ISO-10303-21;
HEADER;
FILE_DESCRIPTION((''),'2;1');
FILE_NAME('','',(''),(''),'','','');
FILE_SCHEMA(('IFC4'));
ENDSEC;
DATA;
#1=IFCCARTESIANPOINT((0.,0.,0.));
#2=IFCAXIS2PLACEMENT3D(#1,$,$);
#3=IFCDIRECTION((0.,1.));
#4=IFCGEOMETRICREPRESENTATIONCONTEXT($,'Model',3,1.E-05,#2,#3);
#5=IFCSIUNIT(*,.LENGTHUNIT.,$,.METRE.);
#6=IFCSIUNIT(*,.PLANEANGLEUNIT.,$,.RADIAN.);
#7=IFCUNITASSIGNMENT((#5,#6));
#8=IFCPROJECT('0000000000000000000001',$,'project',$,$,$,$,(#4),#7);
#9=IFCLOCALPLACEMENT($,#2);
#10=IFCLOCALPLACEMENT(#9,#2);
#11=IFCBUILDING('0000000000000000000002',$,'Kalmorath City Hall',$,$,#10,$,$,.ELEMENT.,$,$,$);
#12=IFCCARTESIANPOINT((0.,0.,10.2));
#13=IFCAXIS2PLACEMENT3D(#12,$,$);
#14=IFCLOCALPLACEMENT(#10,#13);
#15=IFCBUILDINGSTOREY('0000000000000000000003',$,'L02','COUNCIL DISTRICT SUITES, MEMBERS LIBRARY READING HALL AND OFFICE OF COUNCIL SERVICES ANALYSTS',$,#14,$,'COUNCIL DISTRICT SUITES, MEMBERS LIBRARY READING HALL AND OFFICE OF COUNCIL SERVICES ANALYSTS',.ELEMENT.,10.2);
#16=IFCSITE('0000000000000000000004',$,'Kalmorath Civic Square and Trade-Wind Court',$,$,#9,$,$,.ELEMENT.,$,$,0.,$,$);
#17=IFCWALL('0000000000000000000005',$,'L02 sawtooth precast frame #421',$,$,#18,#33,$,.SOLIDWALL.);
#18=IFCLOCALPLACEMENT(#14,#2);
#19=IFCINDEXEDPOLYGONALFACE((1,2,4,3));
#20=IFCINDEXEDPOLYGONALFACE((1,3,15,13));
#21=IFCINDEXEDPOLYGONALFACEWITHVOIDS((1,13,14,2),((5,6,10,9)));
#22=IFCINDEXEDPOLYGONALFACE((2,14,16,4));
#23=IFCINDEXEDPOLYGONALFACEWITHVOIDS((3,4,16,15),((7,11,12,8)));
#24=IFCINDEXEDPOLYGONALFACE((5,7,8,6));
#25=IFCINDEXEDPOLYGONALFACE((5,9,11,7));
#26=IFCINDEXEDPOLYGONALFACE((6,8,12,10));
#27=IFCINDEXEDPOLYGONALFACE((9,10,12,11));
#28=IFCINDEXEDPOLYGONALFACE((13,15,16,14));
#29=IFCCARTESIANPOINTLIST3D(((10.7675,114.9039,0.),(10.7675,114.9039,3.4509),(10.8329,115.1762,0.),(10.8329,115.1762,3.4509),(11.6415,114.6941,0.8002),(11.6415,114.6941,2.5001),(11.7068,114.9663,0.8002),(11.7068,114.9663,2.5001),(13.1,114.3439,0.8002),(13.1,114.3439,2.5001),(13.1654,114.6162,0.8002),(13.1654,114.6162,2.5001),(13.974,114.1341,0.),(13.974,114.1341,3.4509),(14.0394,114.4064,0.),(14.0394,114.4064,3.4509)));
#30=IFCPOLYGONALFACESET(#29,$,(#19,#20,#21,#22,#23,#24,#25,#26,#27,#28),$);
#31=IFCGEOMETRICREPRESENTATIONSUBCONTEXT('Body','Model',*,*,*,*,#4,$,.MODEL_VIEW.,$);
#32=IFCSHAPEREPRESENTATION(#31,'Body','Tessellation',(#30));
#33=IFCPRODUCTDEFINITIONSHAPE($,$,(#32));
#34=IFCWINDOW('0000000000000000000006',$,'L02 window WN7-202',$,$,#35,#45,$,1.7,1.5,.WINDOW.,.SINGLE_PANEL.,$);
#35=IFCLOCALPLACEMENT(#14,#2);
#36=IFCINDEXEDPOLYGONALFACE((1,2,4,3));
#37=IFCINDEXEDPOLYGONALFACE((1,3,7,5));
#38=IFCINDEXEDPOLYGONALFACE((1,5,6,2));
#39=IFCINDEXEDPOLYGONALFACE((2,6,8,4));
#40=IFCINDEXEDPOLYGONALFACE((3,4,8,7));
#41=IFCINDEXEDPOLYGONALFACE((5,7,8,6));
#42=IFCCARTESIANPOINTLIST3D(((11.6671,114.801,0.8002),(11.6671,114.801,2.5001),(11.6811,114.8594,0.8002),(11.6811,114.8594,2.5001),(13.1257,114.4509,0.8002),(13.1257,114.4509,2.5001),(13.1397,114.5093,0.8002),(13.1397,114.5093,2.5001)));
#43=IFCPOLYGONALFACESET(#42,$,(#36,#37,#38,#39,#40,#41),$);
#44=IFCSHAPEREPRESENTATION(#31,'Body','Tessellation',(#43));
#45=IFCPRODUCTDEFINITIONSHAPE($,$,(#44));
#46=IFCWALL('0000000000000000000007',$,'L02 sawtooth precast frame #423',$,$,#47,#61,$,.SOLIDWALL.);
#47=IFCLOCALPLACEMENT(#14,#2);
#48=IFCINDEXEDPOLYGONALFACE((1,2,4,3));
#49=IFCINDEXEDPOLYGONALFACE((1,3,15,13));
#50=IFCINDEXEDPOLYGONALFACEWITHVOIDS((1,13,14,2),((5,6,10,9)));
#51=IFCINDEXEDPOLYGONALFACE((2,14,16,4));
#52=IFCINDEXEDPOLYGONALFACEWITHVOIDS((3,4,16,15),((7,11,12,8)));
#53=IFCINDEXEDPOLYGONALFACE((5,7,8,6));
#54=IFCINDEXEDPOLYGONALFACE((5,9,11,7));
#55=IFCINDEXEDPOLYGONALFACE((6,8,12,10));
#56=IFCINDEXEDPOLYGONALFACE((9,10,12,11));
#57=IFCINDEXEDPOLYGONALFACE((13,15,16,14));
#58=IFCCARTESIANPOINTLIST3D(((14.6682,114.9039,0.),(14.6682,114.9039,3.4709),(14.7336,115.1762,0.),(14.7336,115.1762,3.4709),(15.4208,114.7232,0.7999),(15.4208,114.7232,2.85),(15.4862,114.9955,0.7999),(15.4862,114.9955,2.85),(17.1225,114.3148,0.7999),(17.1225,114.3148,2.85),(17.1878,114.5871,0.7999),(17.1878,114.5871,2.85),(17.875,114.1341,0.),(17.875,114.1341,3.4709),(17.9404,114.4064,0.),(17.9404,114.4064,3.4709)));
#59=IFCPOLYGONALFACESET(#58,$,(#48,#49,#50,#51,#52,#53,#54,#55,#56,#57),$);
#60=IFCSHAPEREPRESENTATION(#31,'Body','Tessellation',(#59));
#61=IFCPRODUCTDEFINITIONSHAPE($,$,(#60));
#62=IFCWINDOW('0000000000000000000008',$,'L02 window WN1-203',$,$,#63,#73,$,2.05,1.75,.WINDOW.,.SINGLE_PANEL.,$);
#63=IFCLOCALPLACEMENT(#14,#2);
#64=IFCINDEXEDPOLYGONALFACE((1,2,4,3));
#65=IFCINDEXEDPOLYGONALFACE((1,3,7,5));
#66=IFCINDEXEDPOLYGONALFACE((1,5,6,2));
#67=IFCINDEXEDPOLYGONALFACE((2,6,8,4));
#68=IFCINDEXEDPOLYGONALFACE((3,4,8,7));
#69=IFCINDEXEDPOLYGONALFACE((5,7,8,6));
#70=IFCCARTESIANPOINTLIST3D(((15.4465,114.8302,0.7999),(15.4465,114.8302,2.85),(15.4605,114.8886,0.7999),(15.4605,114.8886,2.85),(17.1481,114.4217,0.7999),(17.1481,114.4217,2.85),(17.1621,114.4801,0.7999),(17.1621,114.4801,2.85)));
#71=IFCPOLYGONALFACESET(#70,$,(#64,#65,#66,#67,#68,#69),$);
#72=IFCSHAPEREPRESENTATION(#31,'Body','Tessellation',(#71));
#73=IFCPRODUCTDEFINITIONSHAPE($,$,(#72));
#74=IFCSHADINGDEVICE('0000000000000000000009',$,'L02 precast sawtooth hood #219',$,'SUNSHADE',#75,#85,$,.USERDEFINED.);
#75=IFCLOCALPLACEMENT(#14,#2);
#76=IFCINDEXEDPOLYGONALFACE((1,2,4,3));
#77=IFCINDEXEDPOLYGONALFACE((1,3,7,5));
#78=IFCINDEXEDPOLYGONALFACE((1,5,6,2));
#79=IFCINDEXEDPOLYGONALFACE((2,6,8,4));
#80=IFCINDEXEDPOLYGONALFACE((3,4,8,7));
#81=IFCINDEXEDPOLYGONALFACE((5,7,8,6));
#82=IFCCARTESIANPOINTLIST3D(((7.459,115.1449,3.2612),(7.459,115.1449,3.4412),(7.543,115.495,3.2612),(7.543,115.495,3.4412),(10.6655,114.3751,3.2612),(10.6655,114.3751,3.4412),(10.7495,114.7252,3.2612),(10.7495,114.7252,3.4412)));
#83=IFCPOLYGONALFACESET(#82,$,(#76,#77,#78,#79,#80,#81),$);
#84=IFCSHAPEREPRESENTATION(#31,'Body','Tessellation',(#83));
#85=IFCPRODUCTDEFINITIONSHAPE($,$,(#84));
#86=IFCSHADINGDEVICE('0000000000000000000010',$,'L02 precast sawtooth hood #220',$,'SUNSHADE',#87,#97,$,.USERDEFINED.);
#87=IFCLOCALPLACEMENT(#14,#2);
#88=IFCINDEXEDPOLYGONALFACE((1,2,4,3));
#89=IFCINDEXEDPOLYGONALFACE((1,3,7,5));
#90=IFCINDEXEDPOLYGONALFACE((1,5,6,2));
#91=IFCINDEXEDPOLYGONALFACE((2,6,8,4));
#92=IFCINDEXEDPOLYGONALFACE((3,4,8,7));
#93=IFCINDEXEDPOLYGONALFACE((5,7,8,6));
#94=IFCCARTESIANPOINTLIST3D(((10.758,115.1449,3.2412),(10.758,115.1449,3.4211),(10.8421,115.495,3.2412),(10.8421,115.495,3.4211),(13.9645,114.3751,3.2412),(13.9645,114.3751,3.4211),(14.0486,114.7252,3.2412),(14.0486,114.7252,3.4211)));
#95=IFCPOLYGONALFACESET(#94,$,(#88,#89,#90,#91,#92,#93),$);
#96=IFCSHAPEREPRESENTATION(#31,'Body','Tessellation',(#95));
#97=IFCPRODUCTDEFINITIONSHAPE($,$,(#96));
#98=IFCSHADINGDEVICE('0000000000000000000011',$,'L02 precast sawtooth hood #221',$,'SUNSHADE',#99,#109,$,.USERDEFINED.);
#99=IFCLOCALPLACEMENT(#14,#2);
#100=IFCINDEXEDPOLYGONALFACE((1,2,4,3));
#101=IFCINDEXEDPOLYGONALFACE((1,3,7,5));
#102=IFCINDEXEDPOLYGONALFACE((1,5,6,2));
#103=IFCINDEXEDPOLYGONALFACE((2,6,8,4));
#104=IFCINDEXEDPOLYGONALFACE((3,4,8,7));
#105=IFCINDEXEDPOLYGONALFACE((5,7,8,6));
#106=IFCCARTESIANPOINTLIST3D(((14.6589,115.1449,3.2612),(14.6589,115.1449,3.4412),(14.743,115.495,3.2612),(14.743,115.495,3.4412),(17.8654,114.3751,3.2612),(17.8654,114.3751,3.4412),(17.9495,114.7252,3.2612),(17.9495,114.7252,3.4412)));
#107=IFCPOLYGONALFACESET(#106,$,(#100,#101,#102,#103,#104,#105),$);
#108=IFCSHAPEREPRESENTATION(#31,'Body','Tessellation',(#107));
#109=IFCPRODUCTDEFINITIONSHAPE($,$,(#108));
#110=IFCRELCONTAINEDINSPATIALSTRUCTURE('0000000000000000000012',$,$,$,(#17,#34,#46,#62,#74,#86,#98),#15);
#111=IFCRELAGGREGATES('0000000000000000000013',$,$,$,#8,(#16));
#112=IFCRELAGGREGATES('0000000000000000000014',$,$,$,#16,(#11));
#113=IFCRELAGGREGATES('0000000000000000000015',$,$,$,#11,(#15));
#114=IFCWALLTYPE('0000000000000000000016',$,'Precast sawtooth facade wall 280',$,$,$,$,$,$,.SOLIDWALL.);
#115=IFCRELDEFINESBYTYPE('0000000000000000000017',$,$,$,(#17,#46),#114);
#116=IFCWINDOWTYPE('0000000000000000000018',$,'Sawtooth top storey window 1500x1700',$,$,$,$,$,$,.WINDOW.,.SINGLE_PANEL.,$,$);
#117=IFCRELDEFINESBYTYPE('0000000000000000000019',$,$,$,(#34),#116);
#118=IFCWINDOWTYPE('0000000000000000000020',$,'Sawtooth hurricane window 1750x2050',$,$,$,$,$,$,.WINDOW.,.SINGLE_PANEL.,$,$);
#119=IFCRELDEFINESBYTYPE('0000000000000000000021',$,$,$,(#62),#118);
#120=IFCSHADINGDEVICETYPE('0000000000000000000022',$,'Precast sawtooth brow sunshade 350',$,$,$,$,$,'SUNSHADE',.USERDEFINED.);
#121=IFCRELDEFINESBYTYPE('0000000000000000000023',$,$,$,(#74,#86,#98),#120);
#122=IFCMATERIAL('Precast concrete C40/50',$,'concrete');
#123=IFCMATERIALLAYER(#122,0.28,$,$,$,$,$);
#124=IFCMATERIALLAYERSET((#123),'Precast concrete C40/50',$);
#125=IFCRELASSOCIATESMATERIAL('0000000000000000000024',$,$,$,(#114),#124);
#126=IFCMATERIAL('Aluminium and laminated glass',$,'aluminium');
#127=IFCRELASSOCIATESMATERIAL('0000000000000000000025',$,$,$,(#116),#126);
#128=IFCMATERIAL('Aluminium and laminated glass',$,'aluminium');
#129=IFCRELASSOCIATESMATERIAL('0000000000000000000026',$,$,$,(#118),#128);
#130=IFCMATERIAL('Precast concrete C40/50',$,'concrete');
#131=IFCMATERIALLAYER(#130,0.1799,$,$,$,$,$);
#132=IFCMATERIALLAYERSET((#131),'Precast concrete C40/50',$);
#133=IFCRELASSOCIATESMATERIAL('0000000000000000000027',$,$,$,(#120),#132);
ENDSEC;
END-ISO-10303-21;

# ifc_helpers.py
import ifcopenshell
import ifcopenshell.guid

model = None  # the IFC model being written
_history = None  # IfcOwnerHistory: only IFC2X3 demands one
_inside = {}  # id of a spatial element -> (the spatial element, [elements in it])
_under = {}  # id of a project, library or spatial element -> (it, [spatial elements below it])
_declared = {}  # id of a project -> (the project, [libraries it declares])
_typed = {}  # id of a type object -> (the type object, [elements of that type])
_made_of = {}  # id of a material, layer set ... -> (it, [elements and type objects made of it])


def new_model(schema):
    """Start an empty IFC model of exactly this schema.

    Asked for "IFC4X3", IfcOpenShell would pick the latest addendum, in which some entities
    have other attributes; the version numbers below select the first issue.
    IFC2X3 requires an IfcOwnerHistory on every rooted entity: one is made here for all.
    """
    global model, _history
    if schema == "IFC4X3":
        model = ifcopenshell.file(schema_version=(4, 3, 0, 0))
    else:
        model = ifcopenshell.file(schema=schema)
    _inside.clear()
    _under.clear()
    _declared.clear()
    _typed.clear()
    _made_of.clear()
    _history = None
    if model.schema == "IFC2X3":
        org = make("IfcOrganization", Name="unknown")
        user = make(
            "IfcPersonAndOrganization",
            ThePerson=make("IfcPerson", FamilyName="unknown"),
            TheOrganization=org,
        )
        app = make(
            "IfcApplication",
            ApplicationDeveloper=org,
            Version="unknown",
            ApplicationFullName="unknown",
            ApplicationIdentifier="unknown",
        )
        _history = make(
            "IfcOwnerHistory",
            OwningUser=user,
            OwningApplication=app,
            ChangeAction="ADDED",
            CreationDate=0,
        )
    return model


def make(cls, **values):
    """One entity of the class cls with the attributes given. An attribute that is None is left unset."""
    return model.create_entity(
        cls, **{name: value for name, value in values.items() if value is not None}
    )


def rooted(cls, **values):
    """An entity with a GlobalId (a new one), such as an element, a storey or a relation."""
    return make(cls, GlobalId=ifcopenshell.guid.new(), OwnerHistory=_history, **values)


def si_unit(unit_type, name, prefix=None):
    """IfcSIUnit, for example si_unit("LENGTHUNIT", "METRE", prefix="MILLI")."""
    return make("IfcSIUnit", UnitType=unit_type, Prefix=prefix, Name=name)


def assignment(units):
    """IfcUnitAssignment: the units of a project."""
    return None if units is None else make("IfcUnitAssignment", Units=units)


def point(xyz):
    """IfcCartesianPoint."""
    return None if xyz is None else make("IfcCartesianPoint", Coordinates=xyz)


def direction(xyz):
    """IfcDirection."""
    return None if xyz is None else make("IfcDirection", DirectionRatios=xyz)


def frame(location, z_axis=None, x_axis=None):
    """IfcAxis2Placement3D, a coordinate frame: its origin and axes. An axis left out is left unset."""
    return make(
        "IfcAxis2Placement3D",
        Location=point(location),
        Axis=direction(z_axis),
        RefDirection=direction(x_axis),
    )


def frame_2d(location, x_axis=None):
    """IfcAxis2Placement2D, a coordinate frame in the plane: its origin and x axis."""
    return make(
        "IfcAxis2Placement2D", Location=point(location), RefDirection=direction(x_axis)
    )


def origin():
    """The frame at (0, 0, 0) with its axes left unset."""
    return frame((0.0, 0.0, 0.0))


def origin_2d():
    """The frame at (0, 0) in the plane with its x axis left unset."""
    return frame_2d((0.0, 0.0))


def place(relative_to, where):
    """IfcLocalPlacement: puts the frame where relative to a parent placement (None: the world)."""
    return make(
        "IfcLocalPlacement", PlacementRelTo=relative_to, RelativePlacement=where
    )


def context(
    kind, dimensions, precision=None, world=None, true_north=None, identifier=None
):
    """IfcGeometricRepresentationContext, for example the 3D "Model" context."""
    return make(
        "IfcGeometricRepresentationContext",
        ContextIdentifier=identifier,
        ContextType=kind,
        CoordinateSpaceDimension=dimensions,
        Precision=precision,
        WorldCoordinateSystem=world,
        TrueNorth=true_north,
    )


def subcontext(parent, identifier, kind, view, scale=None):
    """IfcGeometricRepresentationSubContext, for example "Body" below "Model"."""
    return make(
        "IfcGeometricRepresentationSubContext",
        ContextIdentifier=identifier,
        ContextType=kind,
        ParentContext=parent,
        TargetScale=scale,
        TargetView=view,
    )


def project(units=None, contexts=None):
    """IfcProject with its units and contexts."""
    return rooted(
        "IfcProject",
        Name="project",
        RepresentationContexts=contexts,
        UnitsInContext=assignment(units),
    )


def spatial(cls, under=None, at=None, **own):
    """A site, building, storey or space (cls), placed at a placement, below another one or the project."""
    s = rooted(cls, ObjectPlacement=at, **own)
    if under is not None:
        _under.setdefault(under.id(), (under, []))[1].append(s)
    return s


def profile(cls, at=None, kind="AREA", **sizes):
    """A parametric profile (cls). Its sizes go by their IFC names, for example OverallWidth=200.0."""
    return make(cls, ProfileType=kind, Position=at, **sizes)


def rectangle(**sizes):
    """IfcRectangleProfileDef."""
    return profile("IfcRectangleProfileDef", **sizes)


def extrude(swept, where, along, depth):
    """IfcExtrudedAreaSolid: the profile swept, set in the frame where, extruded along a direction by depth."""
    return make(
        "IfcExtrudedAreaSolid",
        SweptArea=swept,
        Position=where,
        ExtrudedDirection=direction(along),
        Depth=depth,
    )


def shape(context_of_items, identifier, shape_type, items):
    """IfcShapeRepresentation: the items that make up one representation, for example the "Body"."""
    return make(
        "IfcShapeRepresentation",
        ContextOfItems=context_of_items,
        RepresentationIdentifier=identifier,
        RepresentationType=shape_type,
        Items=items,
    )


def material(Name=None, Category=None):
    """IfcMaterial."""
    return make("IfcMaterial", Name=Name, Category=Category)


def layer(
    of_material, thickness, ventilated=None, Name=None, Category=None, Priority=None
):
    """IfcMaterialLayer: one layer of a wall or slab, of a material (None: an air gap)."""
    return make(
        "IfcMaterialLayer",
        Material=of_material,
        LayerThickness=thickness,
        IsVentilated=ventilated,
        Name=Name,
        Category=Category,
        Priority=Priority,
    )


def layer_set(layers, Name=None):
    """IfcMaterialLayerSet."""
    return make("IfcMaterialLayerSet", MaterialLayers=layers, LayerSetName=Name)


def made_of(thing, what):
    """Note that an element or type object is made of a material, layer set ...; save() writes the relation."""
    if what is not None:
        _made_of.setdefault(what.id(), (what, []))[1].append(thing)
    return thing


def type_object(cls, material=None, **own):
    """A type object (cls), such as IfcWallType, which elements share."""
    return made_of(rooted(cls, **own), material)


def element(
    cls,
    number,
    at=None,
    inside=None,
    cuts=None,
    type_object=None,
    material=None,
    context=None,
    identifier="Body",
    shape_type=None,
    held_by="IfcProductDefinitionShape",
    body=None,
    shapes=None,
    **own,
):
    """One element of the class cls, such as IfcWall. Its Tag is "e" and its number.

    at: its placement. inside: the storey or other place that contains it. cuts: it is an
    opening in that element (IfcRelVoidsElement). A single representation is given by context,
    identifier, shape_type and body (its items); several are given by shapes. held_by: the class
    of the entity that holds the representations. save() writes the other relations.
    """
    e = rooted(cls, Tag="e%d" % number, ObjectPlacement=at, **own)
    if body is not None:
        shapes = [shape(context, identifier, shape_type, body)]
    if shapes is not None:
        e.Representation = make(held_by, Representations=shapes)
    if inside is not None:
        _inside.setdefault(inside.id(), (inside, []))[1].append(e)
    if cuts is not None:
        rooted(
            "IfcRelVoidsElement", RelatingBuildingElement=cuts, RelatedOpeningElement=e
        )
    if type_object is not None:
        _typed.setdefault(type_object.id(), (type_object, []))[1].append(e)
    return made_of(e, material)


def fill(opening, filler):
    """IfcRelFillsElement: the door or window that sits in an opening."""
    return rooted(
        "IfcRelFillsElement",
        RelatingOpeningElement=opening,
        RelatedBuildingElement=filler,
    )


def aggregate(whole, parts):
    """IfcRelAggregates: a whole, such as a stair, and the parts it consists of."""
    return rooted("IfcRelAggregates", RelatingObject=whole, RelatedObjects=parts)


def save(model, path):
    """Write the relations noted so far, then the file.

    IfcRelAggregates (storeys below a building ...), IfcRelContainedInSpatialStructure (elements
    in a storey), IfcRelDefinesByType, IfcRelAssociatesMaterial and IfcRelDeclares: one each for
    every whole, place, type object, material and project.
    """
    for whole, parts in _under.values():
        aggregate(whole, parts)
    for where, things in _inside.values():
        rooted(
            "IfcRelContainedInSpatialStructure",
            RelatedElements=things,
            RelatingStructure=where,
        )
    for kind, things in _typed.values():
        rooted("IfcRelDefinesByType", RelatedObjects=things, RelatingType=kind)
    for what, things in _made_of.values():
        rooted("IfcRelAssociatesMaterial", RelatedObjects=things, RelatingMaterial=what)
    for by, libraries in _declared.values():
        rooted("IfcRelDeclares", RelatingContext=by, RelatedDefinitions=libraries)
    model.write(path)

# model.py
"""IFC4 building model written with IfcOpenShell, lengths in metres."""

from ifc_helpers import new_model, si_unit, direction, frame, frame_2d, origin, origin_2d, place, context, subcontext, project, spatial, rectangle, extrude, material, layer, layer_set, type_object, element, fill, save


model = new_model("IFC4")

# Units and contexts
model_context = context("Model", 3, precision=1e-05, world=origin(), true_north=direction((0.0, 1.0)))
body_context = subcontext(model_context, "Body", "Model", "MODEL_VIEW")
ifc_project = project(units=[si_unit("LENGTHUNIT", "METRE"), si_unit("PLANEANGLEUNIT", "RADIAN")], contexts=[model_context])

# Site, building, storey
site_placement = place(None, origin())
site = spatial("IfcSite", under=ifc_project, at=site_placement, Name="Kalmorath Civic Square and Trade-Wind Court", CompositionType="ELEMENT", RefElevation=0.0)
building_placement = place(site_placement, origin())
building = spatial("IfcBuilding", under=site, at=building_placement, Name="Kalmorath City Hall", CompositionType="ELEMENT")
storey_placement = place(building_placement, frame((0.0, 0.0, 10.2)))
storey = spatial("IfcBuildingStorey", under=building, at=storey_placement, Name="L02", Description="COUNCIL DISTRICT SUITES, MEMBERS LIBRARY READING HALL AND OFFICE OF COUNCIL SERVICES ANALYSTS", LongName="COUNCIL DISTRICT SUITES, MEMBERS LIBRARY READING HALL AND OFFICE OF COUNCIL SERVICES ANALYSTS", CompositionType="ELEMENT", Elevation=10.2)

# Walls, openings, windows
ifc_material_1 = material(Name="Precast concrete C40/50", Category="concrete")
ifc_layer_1 = layer(ifc_material_1, 0.28)
ifc_layer_set_1 = layer_set([ifc_layer_1], Name="Precast concrete C40/50")
wall_type_1 = type_object("IfcWallType", Name="Precast sawtooth facade wall 280", PredefinedType="SOLIDWALL", material=ifc_layer_set_1)
wall_1_placement = place(storey_placement, frame((10.8, 115.04, 0.0), z_axis=(0.0, 0.0, 1.0), x_axis=(0.972373, -0.233432, 0.0)))
wall_1 = element("IfcWall", 1, at=wall_1_placement, inside=storey, type_object=wall_type_1, Name="L02 sawtooth precast frame #421", PredefinedType="SOLIDWALL", context=body_context, shape_type="SweptSolid", body=[
    extrude(rectangle(XDim=3.2976, YDim=0.28, at=frame_2d((1.6489, 0.0))), origin(), (0.0, 0.0, 1.0), 3.4509),
])
opening_1_placement = place(wall_1_placement, frame((0.8989, 0.0, 0.8)))
opening_1 = element("IfcOpeningElement", 2, at=opening_1_placement, cuts=wall_1, PredefinedType="OPENING", context=body_context, shape_type="SweptSolid", body=[
    extrude(rectangle(XDim=1.5, YDim=1.7, at=frame_2d((0.75, 0.8501))), frame((0.0, 0.1499, 0.0), z_axis=(0.0, -1.0, 0.0), x_axis=(1.0, 0.0, 0.0)), (0.0, 0.0, 1.0), 0.3),
])
ifc_material_2 = material(Name="Aluminium and laminated glass", Category="aluminium")
window_type_1 = type_object("IfcWindowType", Name="Sawtooth top storey window 1500x1700", PartitioningType="SINGLE_PANEL", PredefinedType="WINDOW", material=ifc_material_2)
window_1_placement = place(opening_1_placement, origin())
window_1 = element("IfcWindow", 3, at=window_1_placement, inside=storey, type_object=window_type_1, Name="L02 window WN7-202", OverallHeight=1.7, OverallWidth=1.5, PartitioningType="SINGLE_PANEL", PredefinedType="WINDOW", context=body_context, shape_type="SweptSolid", body=[
    extrude(rectangle(XDim=1.5, YDim=1.7, at=frame_2d((0.75, 0.8501))), frame((0.0, 0.03, 0.0), z_axis=(0.0, -1.0, 0.0), x_axis=(1.0, 0.0, 0.0)), (0.0, 0.0, 1.0), 0.0601),
])
fill(opening_1, window_1)
wall_2_placement = place(storey_placement, frame((14.7009, 115.04, 0.0), z_axis=(0.0, 0.0, 1.0), x_axis=(0.972377, -0.233415, 0.0)))
wall_2 = element("IfcWall", 4, at=wall_2_placement, inside=storey, type_object=wall_type_1, Name="L02 sawtooth precast frame #423", PredefinedType="SOLIDWALL", context=body_context, shape_type="SweptSolid", body=[
    extrude(rectangle(XDim=3.2979, YDim=0.28, at=frame_2d((1.6489, 0.0))), origin(), (0.0, 0.0, 1.0), 3.4709),
])
opening_2_placement = place(wall_2_placement, frame((0.7739, 0.0, 0.8)))
opening_2 = element("IfcOpeningElement", 5, at=opening_2_placement, cuts=wall_2, PredefinedType="OPENING", context=body_context, shape_type="SweptSolid", body=[
    extrude(rectangle(XDim=1.75, YDim=2.05, at=frame_2d((0.875, 1.0249))), frame((0.0, 0.1499, 0.0), z_axis=(0.0, -1.0, 0.0), x_axis=(1.0, 0.0, 0.0)), (0.0, 0.0, 1.0), 0.3),
])
ifc_material_3 = material(Name="Aluminium and laminated glass", Category="aluminium")
window_type_2 = type_object("IfcWindowType", Name="Sawtooth hurricane window 1750x2050", PartitioningType="SINGLE_PANEL", PredefinedType="WINDOW", material=ifc_material_3)
window_2_placement = place(opening_2_placement, origin())
window_2 = element("IfcWindow", 6, at=window_2_placement, inside=storey, type_object=window_type_2, Name="L02 window WN1-203", OverallHeight=2.05, OverallWidth=1.75, PartitioningType="SINGLE_PANEL", PredefinedType="WINDOW", context=body_context, shape_type="SweptSolid", body=[
    extrude(rectangle(XDim=1.75, YDim=2.05, at=frame_2d((0.875, 1.0249))), frame((0.0, 0.03, 0.0), z_axis=(0.0, -1.0, 0.0), x_axis=(1.0, 0.0, 0.0)), (0.0, 0.0, 1.0), 0.0601),
])
fill(opening_2, window_2)

# Shading devices
ifc_material_4 = material(Name="Precast concrete C40/50", Category="concrete")
ifc_layer_2 = layer(ifc_material_4, 0.1799)
ifc_layer_set_2 = layer_set([ifc_layer_2], Name="Precast concrete C40/50")
shading_device_type = type_object("IfcShadingDeviceType", Name="Precast sawtooth brow sunshade 350", ElementType="SUNSHADE", PredefinedType="USERDEFINED", material=ifc_layer_set_2)
for number, where, z_axis, x_axis, name in (
    (7, (9.1042, 114.9351, 3.2612), (0.0, 0.0, 1.0), (0.97237, -0.233445, 0.0), "L02 precast sawtooth hood #219"),
    (8, (12.4033, 114.9351, 3.2412), (0.0, 0.0, 1.0), (0.97237, -0.233445, 0.0), "L02 precast sawtooth hood #220"),
    (9, (16.3042, 114.9351, 3.2612), (0.0, 0.0, 1.0), (0.97237, -0.233445, 0.0), "L02 precast sawtooth hood #221"),
):
    element("IfcShadingDevice", number, at=place(storey_placement, frame(where, z_axis=z_axis, x_axis=x_axis)), inside=storey, type_object=shading_device_type, Name=name, ObjectType="SUNSHADE", PredefinedType="USERDEFINED", context=body_context, shape_type="SweptSolid", body=[
        extrude(rectangle(XDim=3.2976, YDim=0.3601, at=origin_2d()), origin(), (0.0, 0.0, 1.0), 0.1799),
    ])

save(model, "model.ifc")
